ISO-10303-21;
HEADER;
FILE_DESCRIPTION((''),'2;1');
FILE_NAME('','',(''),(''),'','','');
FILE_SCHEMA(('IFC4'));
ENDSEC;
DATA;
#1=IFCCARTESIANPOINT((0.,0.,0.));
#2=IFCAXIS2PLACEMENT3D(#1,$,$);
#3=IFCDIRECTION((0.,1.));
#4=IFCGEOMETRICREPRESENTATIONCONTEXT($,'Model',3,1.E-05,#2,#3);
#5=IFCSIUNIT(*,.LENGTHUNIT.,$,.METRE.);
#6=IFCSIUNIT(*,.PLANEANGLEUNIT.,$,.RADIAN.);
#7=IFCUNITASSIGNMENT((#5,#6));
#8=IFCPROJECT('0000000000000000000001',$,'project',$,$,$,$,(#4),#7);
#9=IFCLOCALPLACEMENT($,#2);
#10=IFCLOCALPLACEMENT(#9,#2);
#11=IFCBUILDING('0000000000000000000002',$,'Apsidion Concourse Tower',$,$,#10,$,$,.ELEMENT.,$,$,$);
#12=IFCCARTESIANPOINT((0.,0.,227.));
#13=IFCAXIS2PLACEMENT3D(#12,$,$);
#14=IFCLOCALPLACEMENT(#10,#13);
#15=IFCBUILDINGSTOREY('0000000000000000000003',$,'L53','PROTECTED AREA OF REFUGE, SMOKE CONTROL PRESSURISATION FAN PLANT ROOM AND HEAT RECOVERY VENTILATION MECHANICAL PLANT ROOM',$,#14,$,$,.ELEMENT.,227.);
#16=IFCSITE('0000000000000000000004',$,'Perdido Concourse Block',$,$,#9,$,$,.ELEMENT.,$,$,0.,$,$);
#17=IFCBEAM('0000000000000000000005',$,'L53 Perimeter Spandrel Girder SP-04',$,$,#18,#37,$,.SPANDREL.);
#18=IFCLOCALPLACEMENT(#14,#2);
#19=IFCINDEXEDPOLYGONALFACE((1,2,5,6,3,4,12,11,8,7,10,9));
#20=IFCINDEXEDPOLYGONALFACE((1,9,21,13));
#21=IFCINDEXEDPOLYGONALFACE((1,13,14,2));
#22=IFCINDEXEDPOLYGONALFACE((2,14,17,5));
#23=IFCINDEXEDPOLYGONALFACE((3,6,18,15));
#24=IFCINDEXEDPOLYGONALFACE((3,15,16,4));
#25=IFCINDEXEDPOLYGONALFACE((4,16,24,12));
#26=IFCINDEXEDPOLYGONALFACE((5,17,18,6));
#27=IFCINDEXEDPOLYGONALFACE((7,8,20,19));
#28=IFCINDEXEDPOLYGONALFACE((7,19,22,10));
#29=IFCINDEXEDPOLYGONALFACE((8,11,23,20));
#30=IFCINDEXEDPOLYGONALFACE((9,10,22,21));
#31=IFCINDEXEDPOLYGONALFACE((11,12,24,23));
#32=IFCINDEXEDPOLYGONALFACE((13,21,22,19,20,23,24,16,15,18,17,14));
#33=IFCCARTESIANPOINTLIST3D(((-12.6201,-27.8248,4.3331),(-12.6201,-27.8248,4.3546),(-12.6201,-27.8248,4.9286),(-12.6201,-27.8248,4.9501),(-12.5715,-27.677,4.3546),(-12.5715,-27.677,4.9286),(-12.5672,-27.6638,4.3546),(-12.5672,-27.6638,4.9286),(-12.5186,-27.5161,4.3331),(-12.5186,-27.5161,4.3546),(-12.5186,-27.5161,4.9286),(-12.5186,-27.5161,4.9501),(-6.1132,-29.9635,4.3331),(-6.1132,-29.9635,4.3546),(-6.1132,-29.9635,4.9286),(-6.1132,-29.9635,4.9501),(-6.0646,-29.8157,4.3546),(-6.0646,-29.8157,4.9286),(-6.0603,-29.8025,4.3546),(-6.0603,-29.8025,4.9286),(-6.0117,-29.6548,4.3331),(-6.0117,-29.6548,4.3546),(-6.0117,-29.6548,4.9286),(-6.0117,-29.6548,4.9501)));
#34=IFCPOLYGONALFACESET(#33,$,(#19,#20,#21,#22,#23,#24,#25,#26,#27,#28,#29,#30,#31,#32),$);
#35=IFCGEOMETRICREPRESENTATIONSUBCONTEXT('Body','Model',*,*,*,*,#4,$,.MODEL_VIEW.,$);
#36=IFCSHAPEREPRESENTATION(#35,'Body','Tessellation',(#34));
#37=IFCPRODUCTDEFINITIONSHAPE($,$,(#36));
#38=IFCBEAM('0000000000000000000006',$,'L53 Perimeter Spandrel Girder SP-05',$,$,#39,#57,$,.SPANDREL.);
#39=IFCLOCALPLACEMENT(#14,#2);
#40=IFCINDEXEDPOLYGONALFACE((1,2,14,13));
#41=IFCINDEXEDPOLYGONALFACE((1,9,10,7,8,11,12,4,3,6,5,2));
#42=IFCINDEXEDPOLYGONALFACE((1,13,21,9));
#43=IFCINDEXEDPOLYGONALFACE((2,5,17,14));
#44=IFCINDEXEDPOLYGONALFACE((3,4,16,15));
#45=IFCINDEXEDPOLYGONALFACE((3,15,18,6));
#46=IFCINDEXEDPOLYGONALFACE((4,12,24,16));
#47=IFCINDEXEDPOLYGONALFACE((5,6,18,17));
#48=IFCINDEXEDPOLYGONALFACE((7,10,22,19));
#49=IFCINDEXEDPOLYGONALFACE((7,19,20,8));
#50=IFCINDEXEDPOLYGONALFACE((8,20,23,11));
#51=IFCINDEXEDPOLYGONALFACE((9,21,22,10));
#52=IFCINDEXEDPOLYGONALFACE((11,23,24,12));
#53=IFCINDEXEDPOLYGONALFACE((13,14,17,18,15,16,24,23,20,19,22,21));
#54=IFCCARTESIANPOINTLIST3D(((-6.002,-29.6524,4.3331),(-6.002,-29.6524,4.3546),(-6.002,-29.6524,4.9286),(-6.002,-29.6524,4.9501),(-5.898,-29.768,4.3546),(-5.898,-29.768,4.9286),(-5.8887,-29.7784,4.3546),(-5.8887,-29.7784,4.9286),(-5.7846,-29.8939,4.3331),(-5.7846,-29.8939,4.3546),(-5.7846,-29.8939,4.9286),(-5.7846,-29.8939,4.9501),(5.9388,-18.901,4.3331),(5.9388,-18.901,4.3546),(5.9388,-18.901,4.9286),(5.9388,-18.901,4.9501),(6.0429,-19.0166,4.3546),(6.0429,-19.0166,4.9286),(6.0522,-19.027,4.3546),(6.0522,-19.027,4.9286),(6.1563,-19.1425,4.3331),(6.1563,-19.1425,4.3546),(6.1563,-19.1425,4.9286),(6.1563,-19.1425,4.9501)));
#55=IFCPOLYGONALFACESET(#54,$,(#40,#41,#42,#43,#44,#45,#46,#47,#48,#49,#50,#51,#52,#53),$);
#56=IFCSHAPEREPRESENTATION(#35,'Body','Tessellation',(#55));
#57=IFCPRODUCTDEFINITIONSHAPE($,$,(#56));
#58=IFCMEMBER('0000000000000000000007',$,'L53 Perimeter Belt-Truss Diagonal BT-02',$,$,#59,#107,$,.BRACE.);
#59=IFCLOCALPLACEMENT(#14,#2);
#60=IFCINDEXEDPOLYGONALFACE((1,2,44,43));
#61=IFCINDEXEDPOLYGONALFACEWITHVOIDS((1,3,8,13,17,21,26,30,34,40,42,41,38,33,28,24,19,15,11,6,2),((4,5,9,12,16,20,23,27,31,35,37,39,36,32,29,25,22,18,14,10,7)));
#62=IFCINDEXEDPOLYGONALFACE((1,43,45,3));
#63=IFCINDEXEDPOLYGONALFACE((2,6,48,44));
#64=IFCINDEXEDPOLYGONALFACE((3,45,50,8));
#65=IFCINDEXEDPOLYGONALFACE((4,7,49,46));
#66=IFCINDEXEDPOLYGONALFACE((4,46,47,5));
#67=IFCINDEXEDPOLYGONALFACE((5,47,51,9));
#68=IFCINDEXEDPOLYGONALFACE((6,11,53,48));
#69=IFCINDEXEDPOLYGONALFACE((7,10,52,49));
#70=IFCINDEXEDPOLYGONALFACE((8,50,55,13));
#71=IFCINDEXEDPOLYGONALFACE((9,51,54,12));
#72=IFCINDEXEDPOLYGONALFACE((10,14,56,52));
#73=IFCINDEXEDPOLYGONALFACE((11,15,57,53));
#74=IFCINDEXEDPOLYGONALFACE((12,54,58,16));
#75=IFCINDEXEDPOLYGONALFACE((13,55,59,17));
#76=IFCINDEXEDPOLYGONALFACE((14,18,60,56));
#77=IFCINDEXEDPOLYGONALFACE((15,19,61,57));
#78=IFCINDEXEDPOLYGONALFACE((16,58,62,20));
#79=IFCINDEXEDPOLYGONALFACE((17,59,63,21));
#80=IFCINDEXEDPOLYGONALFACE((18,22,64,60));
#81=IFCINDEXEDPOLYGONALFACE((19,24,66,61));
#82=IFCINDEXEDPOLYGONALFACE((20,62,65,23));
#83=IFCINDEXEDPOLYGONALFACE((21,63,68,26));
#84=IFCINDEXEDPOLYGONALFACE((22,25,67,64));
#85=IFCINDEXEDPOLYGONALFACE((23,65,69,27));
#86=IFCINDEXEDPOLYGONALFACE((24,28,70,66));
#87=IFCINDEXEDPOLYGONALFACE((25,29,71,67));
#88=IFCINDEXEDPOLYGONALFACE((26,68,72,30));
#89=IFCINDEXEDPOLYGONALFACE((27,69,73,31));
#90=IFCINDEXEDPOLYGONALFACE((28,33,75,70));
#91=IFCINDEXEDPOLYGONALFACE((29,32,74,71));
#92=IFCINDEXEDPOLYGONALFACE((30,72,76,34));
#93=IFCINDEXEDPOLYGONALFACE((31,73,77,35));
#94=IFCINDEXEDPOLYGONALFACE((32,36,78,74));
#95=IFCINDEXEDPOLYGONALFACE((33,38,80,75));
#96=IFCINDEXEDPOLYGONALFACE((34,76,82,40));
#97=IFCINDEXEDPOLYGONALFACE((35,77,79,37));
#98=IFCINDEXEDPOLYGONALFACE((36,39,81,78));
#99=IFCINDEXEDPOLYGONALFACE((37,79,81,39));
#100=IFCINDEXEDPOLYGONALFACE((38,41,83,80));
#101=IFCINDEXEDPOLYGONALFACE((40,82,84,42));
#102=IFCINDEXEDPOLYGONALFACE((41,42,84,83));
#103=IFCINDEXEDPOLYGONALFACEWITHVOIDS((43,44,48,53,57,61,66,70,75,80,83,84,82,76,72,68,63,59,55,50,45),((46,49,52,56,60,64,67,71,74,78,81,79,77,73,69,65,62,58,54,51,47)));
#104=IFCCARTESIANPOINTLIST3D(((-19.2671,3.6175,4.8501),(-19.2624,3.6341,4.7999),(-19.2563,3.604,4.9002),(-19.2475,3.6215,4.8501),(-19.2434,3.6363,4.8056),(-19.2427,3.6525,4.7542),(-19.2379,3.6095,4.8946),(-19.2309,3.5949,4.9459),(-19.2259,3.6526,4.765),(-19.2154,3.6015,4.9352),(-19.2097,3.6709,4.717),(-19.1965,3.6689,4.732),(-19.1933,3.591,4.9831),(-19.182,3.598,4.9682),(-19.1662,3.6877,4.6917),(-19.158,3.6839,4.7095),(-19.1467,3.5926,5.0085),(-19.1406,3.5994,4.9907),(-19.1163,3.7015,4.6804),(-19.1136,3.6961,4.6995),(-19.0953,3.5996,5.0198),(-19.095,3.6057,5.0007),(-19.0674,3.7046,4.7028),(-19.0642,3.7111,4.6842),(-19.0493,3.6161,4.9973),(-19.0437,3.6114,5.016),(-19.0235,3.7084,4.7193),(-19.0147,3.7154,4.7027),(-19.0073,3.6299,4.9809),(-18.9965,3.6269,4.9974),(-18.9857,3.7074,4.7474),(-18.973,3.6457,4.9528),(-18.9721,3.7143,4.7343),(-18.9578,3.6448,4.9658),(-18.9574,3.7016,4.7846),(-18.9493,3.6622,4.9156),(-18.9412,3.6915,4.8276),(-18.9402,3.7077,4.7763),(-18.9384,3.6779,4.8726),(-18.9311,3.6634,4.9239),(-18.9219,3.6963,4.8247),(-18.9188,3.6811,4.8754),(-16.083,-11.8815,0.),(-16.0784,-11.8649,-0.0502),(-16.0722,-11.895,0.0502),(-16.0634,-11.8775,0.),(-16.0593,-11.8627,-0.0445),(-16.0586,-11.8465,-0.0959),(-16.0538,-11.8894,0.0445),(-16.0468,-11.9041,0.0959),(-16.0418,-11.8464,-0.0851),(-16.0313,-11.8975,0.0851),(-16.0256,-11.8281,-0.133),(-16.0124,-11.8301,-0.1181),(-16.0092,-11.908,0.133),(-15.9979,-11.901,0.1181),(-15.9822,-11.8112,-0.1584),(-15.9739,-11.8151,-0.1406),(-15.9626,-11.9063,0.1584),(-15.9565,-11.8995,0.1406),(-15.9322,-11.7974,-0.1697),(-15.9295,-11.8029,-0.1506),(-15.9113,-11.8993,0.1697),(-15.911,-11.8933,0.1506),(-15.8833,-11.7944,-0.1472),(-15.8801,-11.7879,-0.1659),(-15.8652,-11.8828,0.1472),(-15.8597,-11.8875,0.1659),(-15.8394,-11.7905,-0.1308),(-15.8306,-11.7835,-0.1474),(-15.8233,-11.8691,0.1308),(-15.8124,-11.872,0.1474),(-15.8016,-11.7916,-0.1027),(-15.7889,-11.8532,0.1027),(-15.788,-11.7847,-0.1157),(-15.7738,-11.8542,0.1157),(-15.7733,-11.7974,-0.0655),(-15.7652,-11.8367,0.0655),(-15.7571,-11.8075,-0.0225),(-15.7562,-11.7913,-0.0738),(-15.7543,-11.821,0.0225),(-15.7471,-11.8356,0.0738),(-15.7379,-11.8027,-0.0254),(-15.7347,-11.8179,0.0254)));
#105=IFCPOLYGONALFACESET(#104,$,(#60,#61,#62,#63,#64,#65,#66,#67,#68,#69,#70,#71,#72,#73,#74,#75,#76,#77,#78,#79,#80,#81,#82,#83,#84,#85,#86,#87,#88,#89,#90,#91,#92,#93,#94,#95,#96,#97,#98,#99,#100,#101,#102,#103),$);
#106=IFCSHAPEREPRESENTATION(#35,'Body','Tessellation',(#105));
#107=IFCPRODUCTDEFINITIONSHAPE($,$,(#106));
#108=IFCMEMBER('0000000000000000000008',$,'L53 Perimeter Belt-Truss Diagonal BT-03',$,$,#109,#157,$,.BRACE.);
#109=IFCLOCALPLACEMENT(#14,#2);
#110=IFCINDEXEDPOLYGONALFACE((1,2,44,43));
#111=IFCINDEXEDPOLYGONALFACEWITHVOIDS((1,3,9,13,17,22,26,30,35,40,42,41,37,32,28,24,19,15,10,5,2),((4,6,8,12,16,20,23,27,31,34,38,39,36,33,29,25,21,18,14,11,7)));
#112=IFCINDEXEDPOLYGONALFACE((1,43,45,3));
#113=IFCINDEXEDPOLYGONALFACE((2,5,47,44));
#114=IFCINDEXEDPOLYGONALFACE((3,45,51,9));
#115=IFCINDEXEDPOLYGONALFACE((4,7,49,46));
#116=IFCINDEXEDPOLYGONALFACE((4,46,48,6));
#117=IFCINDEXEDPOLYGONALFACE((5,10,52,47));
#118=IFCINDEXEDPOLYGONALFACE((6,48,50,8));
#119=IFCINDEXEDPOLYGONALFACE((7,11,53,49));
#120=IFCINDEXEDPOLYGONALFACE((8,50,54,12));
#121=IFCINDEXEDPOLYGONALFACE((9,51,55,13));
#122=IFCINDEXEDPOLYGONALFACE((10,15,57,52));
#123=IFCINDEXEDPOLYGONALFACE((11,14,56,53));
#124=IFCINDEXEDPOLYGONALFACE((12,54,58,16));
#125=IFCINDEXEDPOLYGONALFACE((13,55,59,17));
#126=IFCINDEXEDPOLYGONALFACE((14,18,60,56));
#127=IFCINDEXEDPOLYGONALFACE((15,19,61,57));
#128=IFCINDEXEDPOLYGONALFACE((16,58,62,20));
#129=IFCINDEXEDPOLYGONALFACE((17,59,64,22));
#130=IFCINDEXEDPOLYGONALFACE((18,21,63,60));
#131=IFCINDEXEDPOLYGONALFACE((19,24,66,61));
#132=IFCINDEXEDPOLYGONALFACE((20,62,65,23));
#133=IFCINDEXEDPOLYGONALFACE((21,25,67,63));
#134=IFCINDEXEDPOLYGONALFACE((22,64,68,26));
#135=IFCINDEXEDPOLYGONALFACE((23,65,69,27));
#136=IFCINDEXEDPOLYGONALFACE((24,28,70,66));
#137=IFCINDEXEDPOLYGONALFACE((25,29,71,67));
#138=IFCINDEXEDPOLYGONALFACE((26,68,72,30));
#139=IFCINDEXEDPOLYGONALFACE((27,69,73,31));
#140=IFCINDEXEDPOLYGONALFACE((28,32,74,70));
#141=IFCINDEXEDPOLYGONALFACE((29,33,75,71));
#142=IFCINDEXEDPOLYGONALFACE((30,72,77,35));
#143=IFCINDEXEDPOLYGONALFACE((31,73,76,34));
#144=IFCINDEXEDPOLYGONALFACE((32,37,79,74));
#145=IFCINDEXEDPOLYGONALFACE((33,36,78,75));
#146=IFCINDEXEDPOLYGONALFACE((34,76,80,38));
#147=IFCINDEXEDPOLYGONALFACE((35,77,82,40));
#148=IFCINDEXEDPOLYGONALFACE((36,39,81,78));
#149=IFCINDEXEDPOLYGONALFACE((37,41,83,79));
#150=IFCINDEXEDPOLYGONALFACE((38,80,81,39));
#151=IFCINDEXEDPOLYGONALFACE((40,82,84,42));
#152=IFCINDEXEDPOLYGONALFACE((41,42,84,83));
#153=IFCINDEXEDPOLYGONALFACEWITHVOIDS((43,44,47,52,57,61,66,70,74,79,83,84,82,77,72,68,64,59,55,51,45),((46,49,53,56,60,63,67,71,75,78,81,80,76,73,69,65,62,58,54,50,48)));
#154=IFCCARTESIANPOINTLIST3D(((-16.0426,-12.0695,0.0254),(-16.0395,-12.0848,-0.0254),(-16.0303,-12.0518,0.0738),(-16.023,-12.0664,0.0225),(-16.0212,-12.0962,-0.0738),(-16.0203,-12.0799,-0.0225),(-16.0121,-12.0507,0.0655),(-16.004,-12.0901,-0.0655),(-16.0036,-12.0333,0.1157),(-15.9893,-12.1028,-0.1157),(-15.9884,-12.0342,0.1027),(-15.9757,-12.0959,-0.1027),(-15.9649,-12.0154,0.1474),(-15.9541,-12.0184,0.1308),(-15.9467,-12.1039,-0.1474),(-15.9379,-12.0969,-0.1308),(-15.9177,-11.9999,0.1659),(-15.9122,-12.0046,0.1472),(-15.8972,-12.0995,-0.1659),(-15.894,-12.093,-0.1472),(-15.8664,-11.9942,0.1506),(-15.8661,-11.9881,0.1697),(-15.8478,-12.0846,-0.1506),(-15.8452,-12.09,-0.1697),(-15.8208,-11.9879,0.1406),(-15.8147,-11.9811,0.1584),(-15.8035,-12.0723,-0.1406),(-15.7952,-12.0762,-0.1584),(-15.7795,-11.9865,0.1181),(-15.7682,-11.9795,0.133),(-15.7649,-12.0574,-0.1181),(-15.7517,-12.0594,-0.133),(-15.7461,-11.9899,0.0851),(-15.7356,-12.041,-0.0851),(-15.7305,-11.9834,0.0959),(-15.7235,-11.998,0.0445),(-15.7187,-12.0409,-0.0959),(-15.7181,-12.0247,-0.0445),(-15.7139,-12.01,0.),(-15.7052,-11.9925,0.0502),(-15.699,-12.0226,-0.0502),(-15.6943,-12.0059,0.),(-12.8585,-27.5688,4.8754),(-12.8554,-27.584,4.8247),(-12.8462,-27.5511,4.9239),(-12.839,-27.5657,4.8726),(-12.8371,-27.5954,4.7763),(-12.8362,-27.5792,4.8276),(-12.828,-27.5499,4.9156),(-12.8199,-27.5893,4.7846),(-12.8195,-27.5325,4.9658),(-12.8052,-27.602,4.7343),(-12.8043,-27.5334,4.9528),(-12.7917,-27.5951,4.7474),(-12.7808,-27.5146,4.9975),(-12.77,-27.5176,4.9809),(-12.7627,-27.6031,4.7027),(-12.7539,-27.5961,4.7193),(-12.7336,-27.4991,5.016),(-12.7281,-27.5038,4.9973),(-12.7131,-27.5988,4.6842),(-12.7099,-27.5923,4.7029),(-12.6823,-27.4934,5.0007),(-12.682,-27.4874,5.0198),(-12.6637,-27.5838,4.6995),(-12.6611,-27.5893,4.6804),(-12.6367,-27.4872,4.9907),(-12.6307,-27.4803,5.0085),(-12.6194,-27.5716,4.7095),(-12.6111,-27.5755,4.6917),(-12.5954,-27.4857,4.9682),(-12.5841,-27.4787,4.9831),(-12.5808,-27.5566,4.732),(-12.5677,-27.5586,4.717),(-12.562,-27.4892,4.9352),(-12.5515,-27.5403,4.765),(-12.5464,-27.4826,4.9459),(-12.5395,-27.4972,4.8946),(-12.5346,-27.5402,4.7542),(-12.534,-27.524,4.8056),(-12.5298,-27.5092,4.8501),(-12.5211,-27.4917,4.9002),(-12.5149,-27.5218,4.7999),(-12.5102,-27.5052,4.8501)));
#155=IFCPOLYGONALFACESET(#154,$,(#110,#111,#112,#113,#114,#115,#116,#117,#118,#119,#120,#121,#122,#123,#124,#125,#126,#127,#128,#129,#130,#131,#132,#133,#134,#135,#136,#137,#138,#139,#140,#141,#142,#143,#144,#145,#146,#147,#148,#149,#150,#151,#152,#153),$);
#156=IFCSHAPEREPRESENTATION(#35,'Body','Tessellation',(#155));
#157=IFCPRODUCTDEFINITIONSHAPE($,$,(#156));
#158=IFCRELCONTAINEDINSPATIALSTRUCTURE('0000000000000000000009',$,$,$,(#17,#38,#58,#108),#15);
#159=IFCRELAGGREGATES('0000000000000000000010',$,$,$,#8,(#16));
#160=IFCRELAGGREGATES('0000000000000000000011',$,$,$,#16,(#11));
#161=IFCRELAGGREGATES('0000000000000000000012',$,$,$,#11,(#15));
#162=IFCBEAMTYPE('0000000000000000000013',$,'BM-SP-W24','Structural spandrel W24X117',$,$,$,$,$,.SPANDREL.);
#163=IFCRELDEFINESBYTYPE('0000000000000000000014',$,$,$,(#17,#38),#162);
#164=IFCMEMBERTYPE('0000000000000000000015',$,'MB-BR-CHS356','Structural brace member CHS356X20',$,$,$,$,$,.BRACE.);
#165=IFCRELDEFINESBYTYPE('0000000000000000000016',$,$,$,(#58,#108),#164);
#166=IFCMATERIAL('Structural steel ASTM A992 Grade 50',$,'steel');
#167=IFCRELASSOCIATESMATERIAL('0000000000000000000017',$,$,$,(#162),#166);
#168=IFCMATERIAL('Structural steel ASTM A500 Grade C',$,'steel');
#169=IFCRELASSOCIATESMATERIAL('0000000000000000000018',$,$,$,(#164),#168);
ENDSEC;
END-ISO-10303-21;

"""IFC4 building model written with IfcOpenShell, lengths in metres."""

from ifc_helpers import new_model, si_unit, direction, frame, origin, origin_2d, place, context, subcontext, project, spatial, hollow_circle, i_section, extrude, material, material_profile, profile_set, type_object, element, save


model = new_model("IFC4")

# Units and contexts
model_context = context("Model", 3, precision=1e-05, world=origin(), true_north=direction((0.0, 1.0)))
body_context = subcontext(model_context, "Body", "Model", "MODEL_VIEW")
ifc_project = project(units=[si_unit("LENGTHUNIT", "METRE"), si_unit("PLANEANGLEUNIT", "RADIAN")], contexts=[model_context])

# Site, building, storey
site_placement = place(None, origin())
site = spatial("IfcSite", under=ifc_project, at=site_placement, Name="Perdido Concourse Block", CompositionType="ELEMENT", RefElevation=0.0)
building_placement = place(site_placement, origin())
building = spatial("IfcBuilding", under=site, at=building_placement, Name="Apsidion Concourse Tower", CompositionType="ELEMENT")
storey_placement = place(building_placement, frame((0.0, 0.0, 227.0)))
storey = spatial("IfcBuildingStorey", under=building, at=storey_placement, Name="L53", Description="PROTECTED AREA OF REFUGE, SMOKE CONTROL PRESSURISATION FAN PLANT ROOM AND HEAT RECOVERY VENTILATION MECHANICAL PLANT ROOM", CompositionType="ELEMENT", Elevation=227.0)

# Shared definitions
ifc_material_1 = material(Name="Structural steel ASTM A992 Grade 50", Category="steel")

# Beams
ifc_material_profile_1 = material_profile(ifc_material_1, i_section(OverallWidth=0.325, OverallDepth=0.6169, WebThickness=0.0139, FlangeThickness=0.0215, at=origin_2d()), Name="W24X117")
ifc_profile_set_1 = profile_set([ifc_material_profile_1], Name="Structural steel ASTM A992 Grade 50")
beam_type_1 = type_object("IfcBeamType", Name="BM-SP-W24", Description="Structural spandrel W24X117", PredefinedType="SPANDREL", material=ifc_profile_set_1)
beam_1_placement = place(storey_placement, frame((-12.5693, -27.6704, 4.6416), z_axis=(0.950001, -0.312247, 0.0), x_axis=(0.312247, 0.950001, 0.0)))
element("IfcBeam", 1, at=beam_1_placement, inside=storey, type_object=beam_type_1, Name="L53 Perimeter Spandrel Girder SP-04", PredefinedType="SPANDREL", context=body_context, shape_type="SweptSolid", body=[
    extrude(i_section(OverallWidth=0.325, OverallDepth=0.6169, WebThickness=0.0139, FlangeThickness=0.0215, at=origin_2d()), origin(), (0.0, 0.0, 1.0), 6.8494),
])
beam_2_placement = place(storey_placement, frame((-5.8933, -29.7732, 4.6416), z_axis=(0.743151, 0.669124, 0.0), x_axis=(-0.669124, 0.743151, 0.0)))
element("IfcBeam", 2, at=beam_2_placement, inside=storey, type_object=beam_type_1, Name="L53 Perimeter Spandrel Girder SP-05", PredefinedType="SPANDREL", context=body_context, shape_type="SweptSolid", body=[
    extrude(i_section(OverallWidth=0.325, OverallDepth=0.6169, WebThickness=0.0139, FlangeThickness=0.0215, at=origin_2d()), origin(), (0.0, 0.0, 1.0), 16.0679),
])

# Members
ifc_material_2 = material(Name="Structural steel ASTM A500 Grade C", Category="steel")
ifc_material_profile_2 = material_profile(ifc_material_2, hollow_circle(Radius=0.178, WallThickness=0.02, at=origin_2d()), Name="CHS356X20")
ifc_profile_set_2 = profile_set([ifc_material_profile_2], Name="Structural steel ASTM A500 Grade C")
member_type = type_object("IfcMemberType", Name="MB-BR-CHS356", Description="Structural brace member CHS356X20", PredefinedType="BRACE", material=ifc_profile_set_2)
member_1_placement = place(storey_placement, frame((-15.9087, -11.8457, 0.0), z_axis=(-0.192399, 0.936533, 0.293068), x_axis=(-0.979543, -0.201235, 0.0)))
element("IfcMember", 3, at=member_1_placement, inside=storey, type_object=member_type, Name="L53 Perimeter Belt-Truss Diagonal BT-02", PredefinedType="BRACE", context=body_context, shape_type="SweptSolid", body=[
    extrude(hollow_circle(Radius=0.178, WallThickness=0.02, at=origin_2d()), origin(), (0.0, 0.0, 1.0), 16.5493),
])
member_2_placement = place(storey_placement, frame((-15.8687, -12.0417, 0.0), z_axis=(0.192396, -0.936535, 0.293064), x_axis=(0.979544, 0.201232, 0.0)))
element("IfcMember", 4, at=member_2_placement, inside=storey, type_object=member_type, Name="L53 Perimeter Belt-Truss Diagonal BT-03", PredefinedType="BRACE", context=body_context, shape_type="SweptSolid", body=[
    extrude(hollow_circle(Radius=0.178, WallThickness=0.02, at=origin_2d()), origin(), (0.0, 0.0, 1.0), 16.5496),
])

save(model, "model.ifc")
